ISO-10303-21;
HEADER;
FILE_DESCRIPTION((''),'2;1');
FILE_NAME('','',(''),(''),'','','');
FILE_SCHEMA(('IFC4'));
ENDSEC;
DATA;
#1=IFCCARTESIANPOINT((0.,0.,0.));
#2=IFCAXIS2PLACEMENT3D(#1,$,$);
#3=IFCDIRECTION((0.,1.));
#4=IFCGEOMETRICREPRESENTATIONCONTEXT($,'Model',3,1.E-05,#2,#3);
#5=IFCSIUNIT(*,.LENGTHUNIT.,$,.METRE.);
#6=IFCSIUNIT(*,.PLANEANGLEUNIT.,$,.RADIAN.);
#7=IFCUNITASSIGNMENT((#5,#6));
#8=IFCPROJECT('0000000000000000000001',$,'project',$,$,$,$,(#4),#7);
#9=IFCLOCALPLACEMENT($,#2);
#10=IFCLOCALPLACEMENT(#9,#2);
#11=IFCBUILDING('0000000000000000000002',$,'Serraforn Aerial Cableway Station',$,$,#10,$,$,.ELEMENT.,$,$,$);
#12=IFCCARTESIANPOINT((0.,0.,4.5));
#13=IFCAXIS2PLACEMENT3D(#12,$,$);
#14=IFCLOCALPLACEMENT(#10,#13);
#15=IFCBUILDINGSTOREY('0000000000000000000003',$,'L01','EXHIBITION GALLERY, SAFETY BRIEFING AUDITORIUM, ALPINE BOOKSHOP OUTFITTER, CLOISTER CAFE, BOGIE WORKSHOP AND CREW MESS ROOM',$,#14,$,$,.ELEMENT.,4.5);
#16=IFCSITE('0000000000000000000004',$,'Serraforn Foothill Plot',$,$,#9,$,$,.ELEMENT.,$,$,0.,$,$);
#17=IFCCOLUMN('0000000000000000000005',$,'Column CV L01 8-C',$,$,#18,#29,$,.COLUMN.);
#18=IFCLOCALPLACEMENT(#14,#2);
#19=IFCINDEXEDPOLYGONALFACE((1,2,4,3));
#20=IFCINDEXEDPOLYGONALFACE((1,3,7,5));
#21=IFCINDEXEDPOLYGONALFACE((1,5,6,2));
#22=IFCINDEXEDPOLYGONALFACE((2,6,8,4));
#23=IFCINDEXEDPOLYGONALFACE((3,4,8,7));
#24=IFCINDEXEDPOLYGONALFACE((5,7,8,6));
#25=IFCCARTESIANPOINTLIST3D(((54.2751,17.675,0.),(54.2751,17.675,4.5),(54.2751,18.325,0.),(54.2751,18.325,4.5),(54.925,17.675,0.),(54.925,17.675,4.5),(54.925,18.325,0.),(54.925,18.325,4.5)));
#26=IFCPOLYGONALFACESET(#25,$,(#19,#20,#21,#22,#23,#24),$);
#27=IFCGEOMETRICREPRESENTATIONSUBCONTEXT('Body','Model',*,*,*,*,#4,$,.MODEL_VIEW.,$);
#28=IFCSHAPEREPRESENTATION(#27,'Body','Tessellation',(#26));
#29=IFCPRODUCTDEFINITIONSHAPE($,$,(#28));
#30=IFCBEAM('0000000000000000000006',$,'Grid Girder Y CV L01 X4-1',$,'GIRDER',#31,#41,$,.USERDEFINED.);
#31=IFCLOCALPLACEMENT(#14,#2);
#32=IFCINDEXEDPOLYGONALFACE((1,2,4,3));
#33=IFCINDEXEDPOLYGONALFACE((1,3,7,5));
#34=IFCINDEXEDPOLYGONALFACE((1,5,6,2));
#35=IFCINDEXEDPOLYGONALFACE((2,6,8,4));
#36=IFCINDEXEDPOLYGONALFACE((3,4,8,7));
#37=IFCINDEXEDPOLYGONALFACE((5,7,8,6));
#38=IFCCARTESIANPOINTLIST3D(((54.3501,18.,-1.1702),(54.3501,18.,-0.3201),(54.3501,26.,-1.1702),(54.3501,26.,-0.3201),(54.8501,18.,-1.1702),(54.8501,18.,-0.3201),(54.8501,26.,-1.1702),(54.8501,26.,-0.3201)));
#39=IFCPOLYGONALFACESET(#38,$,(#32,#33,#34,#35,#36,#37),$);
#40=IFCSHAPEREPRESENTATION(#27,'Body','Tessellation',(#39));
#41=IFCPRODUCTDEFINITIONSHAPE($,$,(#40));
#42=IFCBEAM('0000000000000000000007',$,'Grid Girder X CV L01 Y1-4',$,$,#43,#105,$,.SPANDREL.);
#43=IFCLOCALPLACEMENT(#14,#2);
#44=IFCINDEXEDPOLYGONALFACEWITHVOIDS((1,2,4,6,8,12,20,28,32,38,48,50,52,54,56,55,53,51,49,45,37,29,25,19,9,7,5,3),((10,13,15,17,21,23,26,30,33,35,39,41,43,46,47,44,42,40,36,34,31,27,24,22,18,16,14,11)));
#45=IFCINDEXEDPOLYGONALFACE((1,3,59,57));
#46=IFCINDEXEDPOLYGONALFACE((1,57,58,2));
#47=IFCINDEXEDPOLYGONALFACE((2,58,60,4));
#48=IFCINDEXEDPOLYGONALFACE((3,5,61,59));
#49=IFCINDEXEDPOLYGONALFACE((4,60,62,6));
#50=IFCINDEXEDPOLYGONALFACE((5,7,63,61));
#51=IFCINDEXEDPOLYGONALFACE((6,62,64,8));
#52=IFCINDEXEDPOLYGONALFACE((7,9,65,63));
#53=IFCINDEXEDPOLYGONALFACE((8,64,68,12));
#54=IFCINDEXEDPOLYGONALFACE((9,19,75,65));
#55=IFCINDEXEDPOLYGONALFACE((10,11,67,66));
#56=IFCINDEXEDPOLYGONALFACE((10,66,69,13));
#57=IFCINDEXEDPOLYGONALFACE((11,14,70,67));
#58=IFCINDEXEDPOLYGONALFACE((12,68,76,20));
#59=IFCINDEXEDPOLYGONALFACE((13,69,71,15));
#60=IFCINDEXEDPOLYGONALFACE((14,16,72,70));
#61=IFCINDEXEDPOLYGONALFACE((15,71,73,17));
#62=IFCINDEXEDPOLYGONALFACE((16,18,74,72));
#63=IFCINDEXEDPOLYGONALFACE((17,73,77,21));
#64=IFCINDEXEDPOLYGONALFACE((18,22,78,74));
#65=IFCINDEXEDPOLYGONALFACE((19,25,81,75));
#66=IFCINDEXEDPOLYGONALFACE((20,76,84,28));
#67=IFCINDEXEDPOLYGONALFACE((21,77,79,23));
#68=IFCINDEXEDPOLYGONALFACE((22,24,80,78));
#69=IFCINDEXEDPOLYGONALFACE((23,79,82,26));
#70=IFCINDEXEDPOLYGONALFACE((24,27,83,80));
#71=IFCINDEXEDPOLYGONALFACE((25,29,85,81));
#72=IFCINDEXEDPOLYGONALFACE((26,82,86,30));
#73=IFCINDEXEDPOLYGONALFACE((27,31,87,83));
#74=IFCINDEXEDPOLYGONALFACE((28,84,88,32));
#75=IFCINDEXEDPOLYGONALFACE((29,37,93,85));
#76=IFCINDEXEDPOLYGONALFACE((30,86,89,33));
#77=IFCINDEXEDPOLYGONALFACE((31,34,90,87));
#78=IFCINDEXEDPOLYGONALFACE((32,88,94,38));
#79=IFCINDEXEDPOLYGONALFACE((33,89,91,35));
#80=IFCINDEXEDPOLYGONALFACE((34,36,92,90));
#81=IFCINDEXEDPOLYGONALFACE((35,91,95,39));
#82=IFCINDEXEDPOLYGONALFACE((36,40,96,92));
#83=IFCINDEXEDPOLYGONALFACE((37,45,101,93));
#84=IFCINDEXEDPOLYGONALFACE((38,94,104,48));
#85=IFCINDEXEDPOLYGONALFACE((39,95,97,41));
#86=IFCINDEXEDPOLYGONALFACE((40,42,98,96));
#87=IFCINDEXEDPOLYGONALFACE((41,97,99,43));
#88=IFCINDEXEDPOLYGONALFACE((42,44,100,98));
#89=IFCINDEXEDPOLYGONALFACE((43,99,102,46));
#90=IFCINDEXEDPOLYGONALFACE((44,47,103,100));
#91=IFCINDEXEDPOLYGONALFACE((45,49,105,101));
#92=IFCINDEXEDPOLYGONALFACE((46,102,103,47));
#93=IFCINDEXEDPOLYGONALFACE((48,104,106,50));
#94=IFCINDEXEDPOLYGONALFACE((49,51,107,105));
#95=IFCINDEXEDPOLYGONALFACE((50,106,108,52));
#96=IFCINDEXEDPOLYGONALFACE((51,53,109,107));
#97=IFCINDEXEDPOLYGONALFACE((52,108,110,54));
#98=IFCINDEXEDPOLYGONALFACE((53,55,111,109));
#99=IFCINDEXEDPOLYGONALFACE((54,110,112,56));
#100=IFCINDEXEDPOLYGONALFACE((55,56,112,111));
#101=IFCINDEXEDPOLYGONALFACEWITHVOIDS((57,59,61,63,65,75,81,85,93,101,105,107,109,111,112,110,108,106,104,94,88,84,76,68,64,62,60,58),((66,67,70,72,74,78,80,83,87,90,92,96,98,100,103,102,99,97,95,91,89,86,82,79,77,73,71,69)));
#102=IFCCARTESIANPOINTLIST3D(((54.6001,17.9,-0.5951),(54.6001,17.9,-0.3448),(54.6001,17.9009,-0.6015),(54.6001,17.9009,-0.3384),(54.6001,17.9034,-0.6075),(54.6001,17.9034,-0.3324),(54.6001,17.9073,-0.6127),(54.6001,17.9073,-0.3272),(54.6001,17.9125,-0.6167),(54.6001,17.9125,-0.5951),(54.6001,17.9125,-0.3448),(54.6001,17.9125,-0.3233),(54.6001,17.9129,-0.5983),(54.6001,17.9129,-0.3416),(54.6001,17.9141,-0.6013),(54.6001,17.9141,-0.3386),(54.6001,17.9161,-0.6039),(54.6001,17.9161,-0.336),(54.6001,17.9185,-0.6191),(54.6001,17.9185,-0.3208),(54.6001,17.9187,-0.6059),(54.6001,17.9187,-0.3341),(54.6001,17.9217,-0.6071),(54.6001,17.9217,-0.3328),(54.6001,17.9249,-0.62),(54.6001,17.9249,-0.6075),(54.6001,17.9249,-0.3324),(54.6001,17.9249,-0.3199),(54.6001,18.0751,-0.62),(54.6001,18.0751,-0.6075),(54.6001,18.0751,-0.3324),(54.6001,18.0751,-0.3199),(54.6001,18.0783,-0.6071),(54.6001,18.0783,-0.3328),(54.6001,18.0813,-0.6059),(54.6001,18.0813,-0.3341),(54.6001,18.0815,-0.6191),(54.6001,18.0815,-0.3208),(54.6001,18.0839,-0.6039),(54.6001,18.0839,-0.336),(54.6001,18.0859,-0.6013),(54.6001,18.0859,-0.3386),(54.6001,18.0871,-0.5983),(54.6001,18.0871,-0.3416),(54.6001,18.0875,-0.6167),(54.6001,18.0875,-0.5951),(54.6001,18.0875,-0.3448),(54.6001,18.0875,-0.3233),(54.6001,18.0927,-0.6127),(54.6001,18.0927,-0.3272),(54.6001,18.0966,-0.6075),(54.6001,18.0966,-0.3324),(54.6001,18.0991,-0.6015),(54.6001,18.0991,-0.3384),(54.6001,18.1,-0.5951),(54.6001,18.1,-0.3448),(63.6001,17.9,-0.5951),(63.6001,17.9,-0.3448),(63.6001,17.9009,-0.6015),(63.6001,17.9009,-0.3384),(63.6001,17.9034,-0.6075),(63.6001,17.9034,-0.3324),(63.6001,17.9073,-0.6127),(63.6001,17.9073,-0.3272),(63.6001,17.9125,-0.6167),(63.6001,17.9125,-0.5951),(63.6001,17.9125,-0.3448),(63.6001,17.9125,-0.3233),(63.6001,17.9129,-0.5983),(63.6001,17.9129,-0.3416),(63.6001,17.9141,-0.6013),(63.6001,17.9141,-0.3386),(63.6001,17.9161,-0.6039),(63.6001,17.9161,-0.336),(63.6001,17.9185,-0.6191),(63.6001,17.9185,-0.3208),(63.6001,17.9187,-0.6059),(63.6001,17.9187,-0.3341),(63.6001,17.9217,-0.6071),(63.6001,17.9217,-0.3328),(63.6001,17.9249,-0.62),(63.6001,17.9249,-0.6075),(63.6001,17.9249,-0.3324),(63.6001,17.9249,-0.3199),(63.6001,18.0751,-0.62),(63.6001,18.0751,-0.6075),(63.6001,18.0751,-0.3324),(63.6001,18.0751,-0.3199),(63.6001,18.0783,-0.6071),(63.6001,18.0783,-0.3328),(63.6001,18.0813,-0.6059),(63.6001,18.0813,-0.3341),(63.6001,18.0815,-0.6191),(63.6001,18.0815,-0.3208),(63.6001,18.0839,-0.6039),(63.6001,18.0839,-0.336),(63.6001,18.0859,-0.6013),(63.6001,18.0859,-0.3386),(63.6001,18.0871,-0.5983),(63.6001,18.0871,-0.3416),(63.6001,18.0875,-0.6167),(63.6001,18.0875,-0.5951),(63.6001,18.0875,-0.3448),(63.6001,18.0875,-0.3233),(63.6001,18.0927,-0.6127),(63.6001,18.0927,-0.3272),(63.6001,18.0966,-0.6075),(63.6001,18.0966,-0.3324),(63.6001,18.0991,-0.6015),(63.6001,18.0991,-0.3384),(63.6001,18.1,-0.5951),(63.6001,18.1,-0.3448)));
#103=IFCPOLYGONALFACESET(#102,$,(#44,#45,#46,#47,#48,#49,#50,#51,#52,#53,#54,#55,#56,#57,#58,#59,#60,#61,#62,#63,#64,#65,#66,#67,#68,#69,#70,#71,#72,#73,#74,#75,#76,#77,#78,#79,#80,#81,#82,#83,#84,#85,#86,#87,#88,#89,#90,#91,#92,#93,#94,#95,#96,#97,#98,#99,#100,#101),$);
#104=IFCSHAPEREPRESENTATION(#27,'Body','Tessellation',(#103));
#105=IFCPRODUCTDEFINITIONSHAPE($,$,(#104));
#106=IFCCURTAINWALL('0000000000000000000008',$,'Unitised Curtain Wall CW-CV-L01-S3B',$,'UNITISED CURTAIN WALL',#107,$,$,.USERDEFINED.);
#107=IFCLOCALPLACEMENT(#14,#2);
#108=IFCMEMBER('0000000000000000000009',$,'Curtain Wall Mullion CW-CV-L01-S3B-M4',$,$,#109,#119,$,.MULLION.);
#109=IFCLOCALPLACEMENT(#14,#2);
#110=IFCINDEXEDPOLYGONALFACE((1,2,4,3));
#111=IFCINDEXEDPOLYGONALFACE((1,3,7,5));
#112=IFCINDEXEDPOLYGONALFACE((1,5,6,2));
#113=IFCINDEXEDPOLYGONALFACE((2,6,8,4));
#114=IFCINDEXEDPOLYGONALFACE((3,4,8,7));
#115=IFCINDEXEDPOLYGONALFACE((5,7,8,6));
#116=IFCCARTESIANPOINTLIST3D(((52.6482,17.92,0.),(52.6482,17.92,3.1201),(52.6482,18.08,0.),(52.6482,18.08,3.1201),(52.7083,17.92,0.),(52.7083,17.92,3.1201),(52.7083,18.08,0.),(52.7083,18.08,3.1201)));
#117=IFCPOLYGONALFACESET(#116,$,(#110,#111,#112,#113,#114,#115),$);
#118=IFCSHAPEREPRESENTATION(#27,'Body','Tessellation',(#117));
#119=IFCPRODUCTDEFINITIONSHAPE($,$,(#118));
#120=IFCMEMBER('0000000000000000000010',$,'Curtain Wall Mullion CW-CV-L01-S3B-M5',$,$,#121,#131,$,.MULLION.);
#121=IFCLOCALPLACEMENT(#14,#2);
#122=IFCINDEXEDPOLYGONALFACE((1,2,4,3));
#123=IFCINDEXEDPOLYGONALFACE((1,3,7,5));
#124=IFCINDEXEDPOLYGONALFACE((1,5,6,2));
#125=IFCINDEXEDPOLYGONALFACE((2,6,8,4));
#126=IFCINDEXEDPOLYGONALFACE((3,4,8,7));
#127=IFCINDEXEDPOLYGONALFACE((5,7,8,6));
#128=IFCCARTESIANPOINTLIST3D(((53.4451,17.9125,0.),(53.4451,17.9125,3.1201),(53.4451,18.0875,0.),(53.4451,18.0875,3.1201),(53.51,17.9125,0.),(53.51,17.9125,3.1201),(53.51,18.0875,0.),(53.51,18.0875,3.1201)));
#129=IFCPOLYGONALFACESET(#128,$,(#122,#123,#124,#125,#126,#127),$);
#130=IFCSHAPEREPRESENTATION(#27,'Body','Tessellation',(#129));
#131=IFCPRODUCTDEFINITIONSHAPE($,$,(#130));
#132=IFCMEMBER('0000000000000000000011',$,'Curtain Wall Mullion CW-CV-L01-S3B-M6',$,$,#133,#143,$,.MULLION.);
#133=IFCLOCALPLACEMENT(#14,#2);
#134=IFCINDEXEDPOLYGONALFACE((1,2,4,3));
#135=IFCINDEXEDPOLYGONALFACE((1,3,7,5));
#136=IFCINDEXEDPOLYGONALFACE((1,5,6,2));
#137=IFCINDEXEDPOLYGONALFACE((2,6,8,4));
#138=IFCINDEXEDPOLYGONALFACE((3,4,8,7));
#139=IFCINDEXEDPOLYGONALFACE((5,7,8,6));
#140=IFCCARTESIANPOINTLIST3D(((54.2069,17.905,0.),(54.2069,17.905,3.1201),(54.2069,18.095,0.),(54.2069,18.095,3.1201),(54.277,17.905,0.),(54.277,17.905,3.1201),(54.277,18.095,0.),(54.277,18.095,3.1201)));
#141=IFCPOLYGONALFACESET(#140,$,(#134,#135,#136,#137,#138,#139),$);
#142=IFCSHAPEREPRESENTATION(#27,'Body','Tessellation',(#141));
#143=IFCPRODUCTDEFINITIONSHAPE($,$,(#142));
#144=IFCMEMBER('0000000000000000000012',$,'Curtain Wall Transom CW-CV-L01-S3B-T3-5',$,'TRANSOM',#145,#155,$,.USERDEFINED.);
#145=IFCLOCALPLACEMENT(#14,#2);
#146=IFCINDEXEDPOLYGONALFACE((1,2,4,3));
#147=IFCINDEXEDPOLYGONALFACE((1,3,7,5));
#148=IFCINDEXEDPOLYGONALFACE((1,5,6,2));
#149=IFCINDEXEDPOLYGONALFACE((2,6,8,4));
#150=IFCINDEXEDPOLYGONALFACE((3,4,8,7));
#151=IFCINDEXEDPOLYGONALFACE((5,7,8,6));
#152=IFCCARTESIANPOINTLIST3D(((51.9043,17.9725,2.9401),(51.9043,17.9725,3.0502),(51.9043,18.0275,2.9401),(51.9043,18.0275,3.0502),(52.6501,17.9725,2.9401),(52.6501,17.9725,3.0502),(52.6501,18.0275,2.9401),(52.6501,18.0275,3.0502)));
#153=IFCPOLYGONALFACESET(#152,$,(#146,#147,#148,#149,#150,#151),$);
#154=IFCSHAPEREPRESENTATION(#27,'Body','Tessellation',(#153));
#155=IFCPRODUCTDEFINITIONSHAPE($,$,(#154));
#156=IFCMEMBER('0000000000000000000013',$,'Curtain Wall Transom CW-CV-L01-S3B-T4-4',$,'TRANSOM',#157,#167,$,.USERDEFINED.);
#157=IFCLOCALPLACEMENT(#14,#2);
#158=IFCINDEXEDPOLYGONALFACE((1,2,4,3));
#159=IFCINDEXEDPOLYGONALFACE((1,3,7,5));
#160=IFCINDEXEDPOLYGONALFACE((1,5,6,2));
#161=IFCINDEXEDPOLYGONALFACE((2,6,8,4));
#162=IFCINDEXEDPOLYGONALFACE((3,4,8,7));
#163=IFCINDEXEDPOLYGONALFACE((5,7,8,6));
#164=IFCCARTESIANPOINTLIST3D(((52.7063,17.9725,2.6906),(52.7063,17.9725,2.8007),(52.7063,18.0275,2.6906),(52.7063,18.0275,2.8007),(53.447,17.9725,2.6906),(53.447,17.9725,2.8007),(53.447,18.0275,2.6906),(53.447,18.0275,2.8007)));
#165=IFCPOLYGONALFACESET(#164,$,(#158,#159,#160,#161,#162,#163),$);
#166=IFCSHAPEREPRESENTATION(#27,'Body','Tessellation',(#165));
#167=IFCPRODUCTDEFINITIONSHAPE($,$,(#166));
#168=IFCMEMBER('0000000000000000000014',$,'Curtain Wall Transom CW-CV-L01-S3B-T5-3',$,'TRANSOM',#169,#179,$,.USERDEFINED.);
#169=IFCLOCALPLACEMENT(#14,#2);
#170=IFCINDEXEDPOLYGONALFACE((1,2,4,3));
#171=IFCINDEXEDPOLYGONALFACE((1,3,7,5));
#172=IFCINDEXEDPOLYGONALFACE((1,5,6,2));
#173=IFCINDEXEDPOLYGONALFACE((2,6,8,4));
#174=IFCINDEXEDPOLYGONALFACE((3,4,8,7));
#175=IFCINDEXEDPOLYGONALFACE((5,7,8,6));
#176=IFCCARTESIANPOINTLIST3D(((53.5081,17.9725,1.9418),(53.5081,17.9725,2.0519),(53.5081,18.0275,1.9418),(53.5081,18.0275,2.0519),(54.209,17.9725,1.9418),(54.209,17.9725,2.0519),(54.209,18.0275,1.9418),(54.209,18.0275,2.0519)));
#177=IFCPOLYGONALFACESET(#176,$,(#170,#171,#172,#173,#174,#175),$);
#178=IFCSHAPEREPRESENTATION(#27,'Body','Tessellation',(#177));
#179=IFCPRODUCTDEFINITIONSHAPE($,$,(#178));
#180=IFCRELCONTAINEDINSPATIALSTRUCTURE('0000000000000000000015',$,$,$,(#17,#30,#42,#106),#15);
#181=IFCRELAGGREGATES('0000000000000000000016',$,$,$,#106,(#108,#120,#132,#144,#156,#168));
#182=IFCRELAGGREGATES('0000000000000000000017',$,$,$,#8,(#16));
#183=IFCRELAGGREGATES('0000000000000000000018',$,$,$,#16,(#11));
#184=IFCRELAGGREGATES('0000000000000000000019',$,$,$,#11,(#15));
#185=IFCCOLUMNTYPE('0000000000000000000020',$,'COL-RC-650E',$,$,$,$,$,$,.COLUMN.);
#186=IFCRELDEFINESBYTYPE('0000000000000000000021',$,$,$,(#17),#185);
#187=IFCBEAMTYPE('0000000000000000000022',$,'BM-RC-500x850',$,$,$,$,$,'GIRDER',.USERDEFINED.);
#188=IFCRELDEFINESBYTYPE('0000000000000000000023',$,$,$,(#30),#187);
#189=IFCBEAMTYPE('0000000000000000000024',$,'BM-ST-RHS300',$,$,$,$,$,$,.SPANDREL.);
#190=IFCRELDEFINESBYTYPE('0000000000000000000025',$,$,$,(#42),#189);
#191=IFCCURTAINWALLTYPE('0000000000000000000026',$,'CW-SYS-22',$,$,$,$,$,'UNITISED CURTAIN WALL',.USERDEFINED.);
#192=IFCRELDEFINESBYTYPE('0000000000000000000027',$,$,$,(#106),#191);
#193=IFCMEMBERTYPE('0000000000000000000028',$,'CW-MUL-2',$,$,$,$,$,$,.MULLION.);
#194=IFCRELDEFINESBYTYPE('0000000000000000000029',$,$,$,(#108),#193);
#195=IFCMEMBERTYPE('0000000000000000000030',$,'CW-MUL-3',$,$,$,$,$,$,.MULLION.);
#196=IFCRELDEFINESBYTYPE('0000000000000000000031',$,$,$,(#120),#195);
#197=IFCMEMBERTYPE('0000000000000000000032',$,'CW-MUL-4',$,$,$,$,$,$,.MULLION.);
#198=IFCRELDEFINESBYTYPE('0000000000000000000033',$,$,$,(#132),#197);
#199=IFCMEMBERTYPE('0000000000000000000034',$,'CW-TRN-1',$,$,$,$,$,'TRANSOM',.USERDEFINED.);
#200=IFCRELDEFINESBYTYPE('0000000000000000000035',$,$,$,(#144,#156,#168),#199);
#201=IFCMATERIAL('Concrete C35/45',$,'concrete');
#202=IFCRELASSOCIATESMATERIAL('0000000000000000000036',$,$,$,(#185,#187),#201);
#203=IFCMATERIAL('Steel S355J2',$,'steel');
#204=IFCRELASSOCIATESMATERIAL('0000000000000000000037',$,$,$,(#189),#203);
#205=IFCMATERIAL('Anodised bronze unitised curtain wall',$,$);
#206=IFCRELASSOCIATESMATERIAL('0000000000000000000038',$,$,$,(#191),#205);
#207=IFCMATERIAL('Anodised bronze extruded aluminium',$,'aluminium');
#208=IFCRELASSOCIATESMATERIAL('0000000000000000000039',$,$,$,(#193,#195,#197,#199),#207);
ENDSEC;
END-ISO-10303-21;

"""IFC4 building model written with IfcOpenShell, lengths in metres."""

from ifc_helpers import new_model, si_unit, direction, frame, origin, origin_2d, place, context, subcontext, project, spatial, rectangle, hollow_rectangle, extrude, material, material_profile, profile_set, type_object, element, aggregate, save


model = new_model("IFC4")

# Units and contexts
model_context = context("Model", 3, precision=1e-05, world=origin(), true_north=direction((0.0, 1.0)))
body_context = subcontext(model_context, "Body", "Model", "MODEL_VIEW")
ifc_project = project(units=[si_unit("LENGTHUNIT", "METRE"), si_unit("PLANEANGLEUNIT", "RADIAN")], contexts=[model_context])

# Site, building, storey
site_placement = place(None, origin())
site = spatial("IfcSite", under=ifc_project, at=site_placement, Name="Serraforn Foothill Plot", CompositionType="ELEMENT", RefElevation=0.0)
building_placement = place(site_placement, origin())
building = spatial("IfcBuilding", under=site, at=building_placement, Name="Serraforn Aerial Cableway Station", CompositionType="ELEMENT")
storey_placement = place(building_placement, frame((0.0, 0.0, 4.5)))
storey = spatial("IfcBuildingStorey", under=building, at=storey_placement, Name="L01", Description="EXHIBITION GALLERY, SAFETY BRIEFING AUDITORIUM, ALPINE BOOKSHOP OUTFITTER, CLOISTER CAFE, BOGIE WORKSHOP AND CREW MESS ROOM", CompositionType="ELEMENT", Elevation=4.5)

# Column
ifc_material_1 = material(Name="Concrete C35/45", Category="concrete")
ifc_material_profile_1 = material_profile(ifc_material_1, rectangle(XDim=0.6499, YDim=0.6499, at=origin_2d()), Name="RC 650x650")
ifc_profile_set_1 = profile_set([ifc_material_profile_1], Name="Concrete C35/45")
column_type = type_object("IfcColumnType", Name="COL-RC-650E", PredefinedType="COLUMN", material=ifc_profile_set_1)
column_placement = place(storey_placement, frame((54.6001, 18.0, 0.0), z_axis=(0.0, 0.0, 1.0), x_axis=(1.0, 0.0, 0.0)))
element("IfcColumn", 1, at=column_placement, inside=storey, type_object=column_type, Name="Column CV L01 8-C", PredefinedType="COLUMN", context=body_context, shape_type="SweptSolid", body=[
    extrude(rectangle(XDim=0.6499, YDim=0.6499, at=origin_2d()), origin(), (0.0, 0.0, 1.0), 4.5),
])

# Beams
ifc_material_profile_2 = material_profile(ifc_material_1, rectangle(XDim=0.5, YDim=0.8501, at=origin_2d()), Name="RC 500x850")
ifc_profile_set_2 = profile_set([ifc_material_profile_2], Name="Concrete C35/45")
beam_type_1 = type_object("IfcBeamType", Name="BM-RC-500x850", ElementType="GIRDER", PredefinedType="USERDEFINED", material=ifc_profile_set_2)
beam_1_placement = place(storey_placement, frame((54.6001, 18.0, -0.7451), z_axis=(0.0, 1.0, 0.0), x_axis=(-1.0, 0.0, 0.0)))
element("IfcBeam", 2, at=beam_1_placement, inside=storey, type_object=beam_type_1, Name="Grid Girder Y CV L01 X4-1", ObjectType="GIRDER", PredefinedType="USERDEFINED", context=body_context, shape_type="SweptSolid", body=[
    extrude(rectangle(XDim=0.5, YDim=0.8501, at=origin_2d()), origin(), (0.0, 0.0, 1.0), 8.0),
])
ifc_material_2 = material(Name="Steel S355J2", Category="steel")
ifc_material_profile_3 = material_profile(ifc_material_2, hollow_rectangle(XDim=0.2, YDim=0.3, WallThickness=0.0125, InnerFilletRadius=0.0125, OuterFilletRadius=0.0249, at=origin_2d()), Name="RHS 300x200x12.5")
ifc_profile_set_3 = profile_set([ifc_material_profile_3], Name="Steel S355J2")
beam_type_2 = type_object("IfcBeamType", Name="BM-ST-RHS300", PredefinedType="SPANDREL", material=ifc_profile_set_3)
beam_2_placement = place(storey_placement, frame((54.6001, 18.0, -0.47), z_axis=(1.0, 0.0, 0.0), x_axis=(0.0, 1.0, 0.0)))
element("IfcBeam", 3, at=beam_2_placement, inside=storey, type_object=beam_type_2, Name="Grid Girder X CV L01 Y1-4", PredefinedType="SPANDREL", context=body_context, shape_type="SweptSolid", body=[
    extrude(hollow_rectangle(XDim=0.2, YDim=0.3, WallThickness=0.0125, InnerFilletRadius=0.0125, OuterFilletRadius=0.0249, at=origin_2d()), origin(), (0.0, 0.0, 1.0), 9.0),
])

# Curtain wall, members
ifc_material_3 = material(Name="Anodised bronze unitised curtain wall")
curtain_wall_type = type_object("IfcCurtainWallType", Name="CW-SYS-22", ElementType="UNITISED CURTAIN WALL", PredefinedType="USERDEFINED", material=ifc_material_3)
curtain_wall_placement = place(storey_placement, origin())
curtain_wall = element("IfcCurtainWall", 4, at=curtain_wall_placement, inside=storey, type_object=curtain_wall_type, Name="Unitised Curtain Wall CW-CV-L01-S3B", ObjectType="UNITISED CURTAIN WALL", PredefinedType="USERDEFINED")
ifc_material_4 = material(Name="Anodised bronze extruded aluminium", Category="aluminium")
ifc_material_profile_4 = material_profile(ifc_material_4, rectangle(XDim=0.0601, YDim=0.1599, at=origin_2d()), Name="CW MULLION 60x160")
ifc_profile_set_4 = profile_set([ifc_material_profile_4], Name="Anodised bronze extruded aluminium")
member_type_1 = type_object("IfcMemberType", Name="CW-MUL-2", PredefinedType="MULLION", material=ifc_profile_set_4)
member_1_placement = place(storey_placement, frame((52.6782, 18.0, 0.0), z_axis=(0.0, 0.0, 1.0), x_axis=(1.0, 0.0, 0.0)))
member_1 = element("IfcMember", 5, at=member_1_placement, type_object=member_type_1, Name="Curtain Wall Mullion CW-CV-L01-S3B-M4", PredefinedType="MULLION", context=body_context, shape_type="SweptSolid", body=[
    extrude(rectangle(XDim=0.0601, YDim=0.1599, at=origin_2d()), origin(), (0.0, 0.0, 1.0), 3.1201),
])
ifc_material_profile_5 = material_profile(ifc_material_4, rectangle(XDim=0.0649, YDim=0.175, at=origin_2d()), Name="CW MULLION 65x175")
ifc_profile_set_5 = profile_set([ifc_material_profile_5], Name="Anodised bronze extruded aluminium")
member_type_2 = type_object("IfcMemberType", Name="CW-MUL-3", PredefinedType="MULLION", material=ifc_profile_set_5)
member_2_placement = place(storey_placement, frame((53.4775, 18.0, 0.0), z_axis=(0.0, 0.0, 1.0), x_axis=(1.0, 0.0, 0.0)))
member_2 = element("IfcMember", 6, at=member_2_placement, type_object=member_type_2, Name="Curtain Wall Mullion CW-CV-L01-S3B-M5", PredefinedType="MULLION", context=body_context, shape_type="SweptSolid", body=[
    extrude(rectangle(XDim=0.0649, YDim=0.175, at=origin_2d()), origin(), (0.0, 0.0, 1.0), 3.1201),
])
ifc_material_profile_6 = material_profile(ifc_material_4, rectangle(XDim=0.0701, YDim=0.1899, at=origin_2d()), Name="CW MULLION 70x190")
ifc_profile_set_6 = profile_set([ifc_material_profile_6], Name="Anodised bronze extruded aluminium")
member_type_3 = type_object("IfcMemberType", Name="CW-MUL-4", PredefinedType="MULLION", material=ifc_profile_set_6)
member_3_placement = place(storey_placement, frame((54.2419, 18.0, 0.0), z_axis=(0.0, 0.0, 1.0), x_axis=(1.0, 0.0, 0.0)))
member_3 = element("IfcMember", 7, at=member_3_placement, type_object=member_type_3, Name="Curtain Wall Mullion CW-CV-L01-S3B-M6", PredefinedType="MULLION", context=body_context, shape_type="SweptSolid", body=[
    extrude(rectangle(XDim=0.0701, YDim=0.1899, at=origin_2d()), origin(), (0.0, 0.0, 1.0), 3.1201),
])
ifc_material_profile_7 = material_profile(ifc_material_4, rectangle(XDim=0.0549, YDim=0.1101, at=origin_2d()), Name="CW TRANSOM 55x110")
ifc_profile_set_7 = profile_set([ifc_material_profile_7], Name="Anodised bronze extruded aluminium")
member_type_4 = type_object("IfcMemberType", Name="CW-TRN-1", ElementType="TRANSOM", PredefinedType="USERDEFINED", material=ifc_profile_set_7)
member_4_placement = place(storey_placement, frame((51.9043, 18.0, 2.9951), z_axis=(1.0, 0.0, 0.0), x_axis=(0.0, 1.0, 0.0)))
member_4 = element("IfcMember", 8, at=member_4_placement, type_object=member_type_4, Name="Curtain Wall Transom CW-CV-L01-S3B-T3-5", ObjectType="TRANSOM", PredefinedType="USERDEFINED", context=body_context, shape_type="SweptSolid", body=[
    extrude(rectangle(XDim=0.0549, YDim=0.1101, at=origin_2d()), origin(), (0.0, 0.0, 1.0), 0.7458),
])
member_5_placement = place(storey_placement, frame((52.7063, 18.0, 2.7456), z_axis=(1.0, 0.0, 0.0), x_axis=(0.0, 1.0, 0.0)))
member_5 = element("IfcMember", 9, at=member_5_placement, type_object=member_type_4, Name="Curtain Wall Transom CW-CV-L01-S3B-T4-4", ObjectType="TRANSOM", PredefinedType="USERDEFINED", context=body_context, shape_type="SweptSolid", body=[
    extrude(rectangle(XDim=0.0549, YDim=0.1101, at=origin_2d()), origin(), (0.0, 0.0, 1.0), 0.7407),
])
member_6_placement = place(storey_placement, frame((53.5081, 18.0, 1.9968), z_axis=(1.0, 0.0, 0.0), x_axis=(0.0, 1.0, 0.0)))
member_6 = element("IfcMember", 10, at=member_6_placement, type_object=member_type_4, Name="Curtain Wall Transom CW-CV-L01-S3B-T5-3", ObjectType="TRANSOM", PredefinedType="USERDEFINED", context=body_context, shape_type="SweptSolid", body=[
    extrude(rectangle(XDim=0.0549, YDim=0.1101, at=origin_2d()), origin(), (0.0, 0.0, 1.0), 0.7009),
])
aggregate(curtain_wall, [member_1, member_2, member_3, member_4, member_5, member_6])

save(model, "model.ifc")
